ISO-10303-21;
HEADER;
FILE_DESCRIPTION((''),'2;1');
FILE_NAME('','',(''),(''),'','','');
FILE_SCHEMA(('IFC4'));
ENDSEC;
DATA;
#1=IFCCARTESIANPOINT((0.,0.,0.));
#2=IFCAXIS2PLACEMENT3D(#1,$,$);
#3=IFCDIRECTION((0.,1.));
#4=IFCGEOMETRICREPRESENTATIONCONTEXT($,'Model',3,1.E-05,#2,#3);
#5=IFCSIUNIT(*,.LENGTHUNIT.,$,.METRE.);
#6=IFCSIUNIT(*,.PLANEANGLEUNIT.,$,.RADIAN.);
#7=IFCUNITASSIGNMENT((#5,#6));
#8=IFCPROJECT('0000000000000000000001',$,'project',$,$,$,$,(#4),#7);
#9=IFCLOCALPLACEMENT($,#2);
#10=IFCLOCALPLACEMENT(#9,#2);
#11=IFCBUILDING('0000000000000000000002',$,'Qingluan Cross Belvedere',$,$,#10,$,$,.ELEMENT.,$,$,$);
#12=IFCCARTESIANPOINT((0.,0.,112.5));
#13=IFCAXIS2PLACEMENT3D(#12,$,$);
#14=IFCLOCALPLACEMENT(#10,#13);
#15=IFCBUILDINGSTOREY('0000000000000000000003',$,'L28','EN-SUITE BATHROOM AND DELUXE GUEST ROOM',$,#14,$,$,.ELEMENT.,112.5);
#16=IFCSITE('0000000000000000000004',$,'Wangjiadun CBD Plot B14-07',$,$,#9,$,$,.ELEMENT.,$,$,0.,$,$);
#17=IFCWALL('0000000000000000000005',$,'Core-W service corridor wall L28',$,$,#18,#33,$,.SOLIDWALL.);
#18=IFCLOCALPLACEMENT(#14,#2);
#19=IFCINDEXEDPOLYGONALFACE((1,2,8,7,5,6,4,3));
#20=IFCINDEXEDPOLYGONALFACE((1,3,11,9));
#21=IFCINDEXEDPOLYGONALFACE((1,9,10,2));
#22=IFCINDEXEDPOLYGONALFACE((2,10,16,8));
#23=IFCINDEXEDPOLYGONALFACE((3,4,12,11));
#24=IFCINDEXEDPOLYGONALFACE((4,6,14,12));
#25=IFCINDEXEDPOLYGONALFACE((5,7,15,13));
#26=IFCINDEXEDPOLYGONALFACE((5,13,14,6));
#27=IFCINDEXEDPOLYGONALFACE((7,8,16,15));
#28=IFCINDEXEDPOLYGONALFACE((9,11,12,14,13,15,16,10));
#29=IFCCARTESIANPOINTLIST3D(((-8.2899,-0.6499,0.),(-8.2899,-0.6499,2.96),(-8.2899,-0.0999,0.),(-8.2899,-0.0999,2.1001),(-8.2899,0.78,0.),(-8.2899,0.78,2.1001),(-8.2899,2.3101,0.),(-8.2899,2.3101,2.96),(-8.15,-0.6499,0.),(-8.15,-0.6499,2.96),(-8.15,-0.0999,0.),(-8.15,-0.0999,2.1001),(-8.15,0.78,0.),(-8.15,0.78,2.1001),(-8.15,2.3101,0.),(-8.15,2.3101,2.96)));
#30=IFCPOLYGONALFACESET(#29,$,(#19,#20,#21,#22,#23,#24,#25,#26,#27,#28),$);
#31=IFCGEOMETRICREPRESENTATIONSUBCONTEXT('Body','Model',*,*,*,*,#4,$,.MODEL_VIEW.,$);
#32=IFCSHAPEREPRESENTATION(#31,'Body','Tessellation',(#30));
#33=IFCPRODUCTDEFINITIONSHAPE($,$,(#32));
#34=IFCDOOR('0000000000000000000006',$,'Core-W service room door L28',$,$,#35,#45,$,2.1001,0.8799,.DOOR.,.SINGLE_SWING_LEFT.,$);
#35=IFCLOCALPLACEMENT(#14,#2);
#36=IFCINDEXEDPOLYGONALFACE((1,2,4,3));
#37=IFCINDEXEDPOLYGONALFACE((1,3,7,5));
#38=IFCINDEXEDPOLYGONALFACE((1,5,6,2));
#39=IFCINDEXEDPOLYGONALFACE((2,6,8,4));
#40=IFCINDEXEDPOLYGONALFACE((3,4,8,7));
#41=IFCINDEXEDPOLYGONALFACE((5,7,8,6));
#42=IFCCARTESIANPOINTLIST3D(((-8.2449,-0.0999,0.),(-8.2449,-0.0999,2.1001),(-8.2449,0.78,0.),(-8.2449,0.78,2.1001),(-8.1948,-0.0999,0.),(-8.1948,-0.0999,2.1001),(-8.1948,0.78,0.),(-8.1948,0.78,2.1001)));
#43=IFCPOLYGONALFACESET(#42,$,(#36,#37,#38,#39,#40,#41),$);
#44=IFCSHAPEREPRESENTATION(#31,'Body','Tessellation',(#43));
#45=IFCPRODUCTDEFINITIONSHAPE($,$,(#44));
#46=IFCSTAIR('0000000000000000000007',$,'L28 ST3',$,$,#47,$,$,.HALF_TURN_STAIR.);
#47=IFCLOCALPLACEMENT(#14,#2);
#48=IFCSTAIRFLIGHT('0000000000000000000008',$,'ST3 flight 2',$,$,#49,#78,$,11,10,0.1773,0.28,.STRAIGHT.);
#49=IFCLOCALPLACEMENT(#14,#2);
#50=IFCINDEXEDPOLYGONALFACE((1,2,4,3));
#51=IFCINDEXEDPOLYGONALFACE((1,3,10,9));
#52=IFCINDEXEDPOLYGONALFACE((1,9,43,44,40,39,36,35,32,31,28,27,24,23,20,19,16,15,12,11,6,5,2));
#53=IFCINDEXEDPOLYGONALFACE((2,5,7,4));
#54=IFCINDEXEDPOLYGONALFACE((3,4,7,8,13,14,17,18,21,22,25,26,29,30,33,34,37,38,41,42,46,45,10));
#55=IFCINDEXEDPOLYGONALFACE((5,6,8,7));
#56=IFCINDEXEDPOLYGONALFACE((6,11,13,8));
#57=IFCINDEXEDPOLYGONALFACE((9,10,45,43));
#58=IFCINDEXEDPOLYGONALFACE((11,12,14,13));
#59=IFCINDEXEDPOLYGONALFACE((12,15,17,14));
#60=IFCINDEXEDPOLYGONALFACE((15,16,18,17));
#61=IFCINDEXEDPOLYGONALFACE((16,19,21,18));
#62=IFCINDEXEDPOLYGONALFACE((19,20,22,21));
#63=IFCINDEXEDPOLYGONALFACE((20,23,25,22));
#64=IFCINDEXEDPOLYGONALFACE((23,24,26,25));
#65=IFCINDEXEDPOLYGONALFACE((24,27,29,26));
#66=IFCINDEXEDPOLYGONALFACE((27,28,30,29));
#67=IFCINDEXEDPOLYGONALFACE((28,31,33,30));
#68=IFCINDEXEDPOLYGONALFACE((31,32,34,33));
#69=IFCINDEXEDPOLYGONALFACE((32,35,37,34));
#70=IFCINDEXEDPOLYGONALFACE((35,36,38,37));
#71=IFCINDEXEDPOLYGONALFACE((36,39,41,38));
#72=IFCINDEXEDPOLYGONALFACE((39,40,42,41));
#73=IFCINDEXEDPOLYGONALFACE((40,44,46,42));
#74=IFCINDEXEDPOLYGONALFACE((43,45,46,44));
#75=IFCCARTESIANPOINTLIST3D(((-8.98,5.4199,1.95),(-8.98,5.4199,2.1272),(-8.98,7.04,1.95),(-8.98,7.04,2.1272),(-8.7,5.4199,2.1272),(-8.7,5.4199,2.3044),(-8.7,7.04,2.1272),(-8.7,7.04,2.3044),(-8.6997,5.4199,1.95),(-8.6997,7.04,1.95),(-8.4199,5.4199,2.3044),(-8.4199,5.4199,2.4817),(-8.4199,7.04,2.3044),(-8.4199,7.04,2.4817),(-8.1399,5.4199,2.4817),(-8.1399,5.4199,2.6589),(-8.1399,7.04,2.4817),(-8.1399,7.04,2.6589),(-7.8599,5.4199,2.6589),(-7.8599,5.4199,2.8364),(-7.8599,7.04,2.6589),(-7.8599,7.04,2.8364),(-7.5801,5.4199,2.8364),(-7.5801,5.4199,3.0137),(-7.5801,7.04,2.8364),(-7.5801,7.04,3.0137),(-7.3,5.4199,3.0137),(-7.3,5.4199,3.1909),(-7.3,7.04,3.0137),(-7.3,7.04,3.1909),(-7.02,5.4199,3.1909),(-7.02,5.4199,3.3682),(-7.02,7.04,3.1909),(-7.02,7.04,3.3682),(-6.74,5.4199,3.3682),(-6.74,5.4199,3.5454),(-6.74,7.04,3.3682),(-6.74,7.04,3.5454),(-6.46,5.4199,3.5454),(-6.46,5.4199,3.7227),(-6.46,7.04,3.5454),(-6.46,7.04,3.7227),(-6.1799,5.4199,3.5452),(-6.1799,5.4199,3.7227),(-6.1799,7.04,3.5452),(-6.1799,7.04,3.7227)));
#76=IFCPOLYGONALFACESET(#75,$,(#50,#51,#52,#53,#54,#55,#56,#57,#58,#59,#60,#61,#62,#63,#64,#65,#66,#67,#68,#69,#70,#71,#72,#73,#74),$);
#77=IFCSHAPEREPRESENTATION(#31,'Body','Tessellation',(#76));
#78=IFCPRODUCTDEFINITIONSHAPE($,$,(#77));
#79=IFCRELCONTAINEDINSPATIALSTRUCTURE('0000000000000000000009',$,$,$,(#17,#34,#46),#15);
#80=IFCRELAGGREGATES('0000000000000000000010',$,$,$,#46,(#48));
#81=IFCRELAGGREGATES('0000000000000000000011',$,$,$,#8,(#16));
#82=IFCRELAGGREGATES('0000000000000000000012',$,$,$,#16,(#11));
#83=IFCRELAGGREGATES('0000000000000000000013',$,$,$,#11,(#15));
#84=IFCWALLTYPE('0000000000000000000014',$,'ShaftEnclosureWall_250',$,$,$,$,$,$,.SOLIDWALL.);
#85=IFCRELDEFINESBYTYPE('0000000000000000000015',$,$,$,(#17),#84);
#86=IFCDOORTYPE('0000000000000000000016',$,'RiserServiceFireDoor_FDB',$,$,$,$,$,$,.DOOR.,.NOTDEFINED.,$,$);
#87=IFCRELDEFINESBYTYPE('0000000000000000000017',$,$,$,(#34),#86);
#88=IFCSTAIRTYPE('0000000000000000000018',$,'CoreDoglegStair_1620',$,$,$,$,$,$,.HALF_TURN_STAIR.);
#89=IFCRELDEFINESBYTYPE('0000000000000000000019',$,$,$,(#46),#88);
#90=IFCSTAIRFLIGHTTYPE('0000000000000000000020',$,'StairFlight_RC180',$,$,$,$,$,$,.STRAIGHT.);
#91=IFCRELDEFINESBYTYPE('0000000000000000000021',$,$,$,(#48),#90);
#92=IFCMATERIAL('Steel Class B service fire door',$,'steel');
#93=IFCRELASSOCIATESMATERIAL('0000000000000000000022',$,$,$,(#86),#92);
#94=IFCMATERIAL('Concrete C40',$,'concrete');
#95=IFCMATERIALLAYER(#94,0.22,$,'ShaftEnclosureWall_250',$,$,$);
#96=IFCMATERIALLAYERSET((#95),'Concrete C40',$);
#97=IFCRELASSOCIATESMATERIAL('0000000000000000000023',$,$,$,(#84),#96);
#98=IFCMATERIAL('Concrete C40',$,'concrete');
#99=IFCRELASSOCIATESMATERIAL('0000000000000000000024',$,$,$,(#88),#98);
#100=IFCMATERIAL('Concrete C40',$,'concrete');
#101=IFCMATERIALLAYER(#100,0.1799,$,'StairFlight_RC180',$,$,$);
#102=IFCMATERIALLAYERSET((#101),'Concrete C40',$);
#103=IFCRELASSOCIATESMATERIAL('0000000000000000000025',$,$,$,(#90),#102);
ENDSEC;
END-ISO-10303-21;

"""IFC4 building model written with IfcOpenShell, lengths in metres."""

from ifc_helpers import new_model, si_unit, direction, frame, frame_2d, origin, place, context, subcontext, project, spatial, polyline, rectangle, outline, extrude, material, layer, layer_set, type_object, element, fill, aggregate, save


model = new_model("IFC4")

# Units and contexts
model_context = context("Model", 3, precision=1e-05, world=origin(), true_north=direction((0.0, 1.0)))
body_context = subcontext(model_context, "Body", "Model", "MODEL_VIEW")
ifc_project = project(units=[si_unit("LENGTHUNIT", "METRE"), si_unit("PLANEANGLEUNIT", "RADIAN")], contexts=[model_context])

# Site, building, storey
site_placement = place(None, origin())
site = spatial("IfcSite", under=ifc_project, at=site_placement, Name="Wangjiadun CBD Plot B14-07", CompositionType="ELEMENT", RefElevation=0.0)
building_placement = place(site_placement, origin())
building = spatial("IfcBuilding", under=site, at=building_placement, Name="Qingluan Cross Belvedere", CompositionType="ELEMENT")
storey_placement = place(building_placement, frame((0.0, 0.0, 112.5)))
storey = spatial("IfcBuildingStorey", under=building, at=storey_placement, Name="L28", Description="EN-SUITE BATHROOM AND DELUXE GUEST ROOM", CompositionType="ELEMENT", Elevation=112.5)

# Shared definitions
ifc_material_1 = material(Name="Steel Class B service fire door", Category="steel")
door_type_1 = type_object("IfcDoorType", Name="RiserServiceFireDoor_FDB", OperationType="NOTDEFINED", PredefinedType="DOOR", material=ifc_material_1)

# Shared definitions
ifc_material_2 = material(Name="Concrete C40", Category="concrete")
ifc_layer_1 = layer(ifc_material_2, 0.22, Name="ShaftEnclosureWall_250")
ifc_layer_set_1 = layer_set([ifc_layer_1], Name="Concrete C40")
wall_type_1 = type_object("IfcWallType", Name="ShaftEnclosureWall_250", PredefinedType="SOLIDWALL", material=ifc_layer_set_1)

# Wall, opening, door
wall_1_placement = place(storey_placement, frame((-8.22, -0.6499, 0.0), z_axis=(0.0, 0.0, 1.0), x_axis=(0.0, 1.0, 0.0)))
wall_1 = element("IfcWall", 1, at=wall_1_placement, inside=storey, type_object=wall_type_1, Name="Core-W service corridor wall L28", PredefinedType="SOLIDWALL", context=body_context, shape_type="SweptSolid", body=[
    extrude(rectangle(XDim=2.96, YDim=0.1399, at=frame_2d((1.48, 0.0))), origin(), (0.0, 0.0, 1.0), 2.96),
])
opening_1_placement = place(wall_1_placement, frame((0.55, 0.0, 0.0)))
opening_1 = element("IfcOpeningElement", 2, at=opening_1_placement, cuts=wall_1, PredefinedType="OPENING", context=body_context, shape_type="SweptSolid", body=[
    extrude(rectangle(XDim=0.8799, YDim=2.1001, at=frame_2d((0.4399, 1.05))), frame((0.0, 0.0798, 0.0), z_axis=(0.0, -1.0, 0.0), x_axis=(1.0, 0.0, 0.0)), (0.0, 0.0, 1.0), 0.1599),
])
door_1_placement = place(opening_1_placement, origin())
door_1 = element("IfcDoor", 3, at=door_1_placement, inside=storey, type_object=door_type_1, Name="Core-W service room door L28", OperationType="SINGLE_SWING_LEFT", OverallHeight=2.1001, OverallWidth=0.8799, PredefinedType="DOOR", context=body_context, shape_type="SweptSolid", body=[
    extrude(rectangle(XDim=0.8799, YDim=2.1001, at=frame_2d((0.4399, 1.05))), frame((0.0, 0.0249, 0.0), z_axis=(0.0, -1.0, 0.0), x_axis=(1.0, 0.0, 0.0)), (0.0, 0.0, 1.0), 0.05),
])
fill(opening_1, door_1)

# Stair, stair flight
ifc_material_3 = material(Name="Concrete C40", Category="concrete")
stair_type = type_object("IfcStairType", Name="CoreDoglegStair_1620", PredefinedType="HALF_TURN_STAIR", material=ifc_material_3)
stair_placement = place(storey_placement, origin())
stair = element("IfcStair", 4, at=stair_placement, inside=storey, type_object=stair_type, Name="L28 ST3", PredefinedType="HALF_TURN_STAIR")
ifc_material_4 = material(Name="Concrete C40", Category="concrete")
ifc_layer_2 = layer(ifc_material_4, 0.1799, Name="StairFlight_RC180")
ifc_layer_set_2 = layer_set([ifc_layer_2], Name="Concrete C40")
stair_flight_type = type_object("IfcStairFlightType", Name="StairFlight_RC180", PredefinedType="STRAIGHT", material=ifc_layer_set_2)
stair_flight_placement = place(storey_placement, frame((-8.98, 6.23, 1.95), z_axis=(0.0, 0.0, 1.0), x_axis=(1.0, 0.0, 0.0)))
stair_flight = element("IfcStairFlight", 5, at=stair_flight_placement, type_object=stair_flight_type, Name="ST3 flight 2", NumberOfRisers=11, NumberOfTreads=10, PredefinedType="STRAIGHT", RiserHeight=0.1773, TreadLength=0.28, context=body_context, shape_type="SweptSolid", body=[
    extrude(outline(polyline([(0.0, 0.0), (0.0, 0.1772), (0.28, 0.1772), (0.28, 0.3545), (0.5601, 0.3545), (0.5601, 0.5317), (0.8401, 0.5317), (0.8401, 0.709), (1.1201, 0.709), (1.1201, 0.8865), (1.3999, 0.8865), (1.3999, 1.0637), (1.6799, 1.0637), (1.6799, 1.241), (1.96, 1.241), (1.96, 1.4182), (2.24, 1.4182), (2.24, 1.5955), (2.52, 1.5955), (2.52, 1.7727), (2.8, 1.7727), (2.8, 1.95), (2.8, 1.5952), (0.2803, 0.0), (0.0, 0.0)])), frame((0.0, 0.8101, 0.0), z_axis=(0.0, -1.0, 0.0), x_axis=(1.0, 0.0, 0.0)), (0.0, 0.0, 1.0), 1.6201),
])
aggregate(stair, [stair_flight])

save(model, "model.ifc")
